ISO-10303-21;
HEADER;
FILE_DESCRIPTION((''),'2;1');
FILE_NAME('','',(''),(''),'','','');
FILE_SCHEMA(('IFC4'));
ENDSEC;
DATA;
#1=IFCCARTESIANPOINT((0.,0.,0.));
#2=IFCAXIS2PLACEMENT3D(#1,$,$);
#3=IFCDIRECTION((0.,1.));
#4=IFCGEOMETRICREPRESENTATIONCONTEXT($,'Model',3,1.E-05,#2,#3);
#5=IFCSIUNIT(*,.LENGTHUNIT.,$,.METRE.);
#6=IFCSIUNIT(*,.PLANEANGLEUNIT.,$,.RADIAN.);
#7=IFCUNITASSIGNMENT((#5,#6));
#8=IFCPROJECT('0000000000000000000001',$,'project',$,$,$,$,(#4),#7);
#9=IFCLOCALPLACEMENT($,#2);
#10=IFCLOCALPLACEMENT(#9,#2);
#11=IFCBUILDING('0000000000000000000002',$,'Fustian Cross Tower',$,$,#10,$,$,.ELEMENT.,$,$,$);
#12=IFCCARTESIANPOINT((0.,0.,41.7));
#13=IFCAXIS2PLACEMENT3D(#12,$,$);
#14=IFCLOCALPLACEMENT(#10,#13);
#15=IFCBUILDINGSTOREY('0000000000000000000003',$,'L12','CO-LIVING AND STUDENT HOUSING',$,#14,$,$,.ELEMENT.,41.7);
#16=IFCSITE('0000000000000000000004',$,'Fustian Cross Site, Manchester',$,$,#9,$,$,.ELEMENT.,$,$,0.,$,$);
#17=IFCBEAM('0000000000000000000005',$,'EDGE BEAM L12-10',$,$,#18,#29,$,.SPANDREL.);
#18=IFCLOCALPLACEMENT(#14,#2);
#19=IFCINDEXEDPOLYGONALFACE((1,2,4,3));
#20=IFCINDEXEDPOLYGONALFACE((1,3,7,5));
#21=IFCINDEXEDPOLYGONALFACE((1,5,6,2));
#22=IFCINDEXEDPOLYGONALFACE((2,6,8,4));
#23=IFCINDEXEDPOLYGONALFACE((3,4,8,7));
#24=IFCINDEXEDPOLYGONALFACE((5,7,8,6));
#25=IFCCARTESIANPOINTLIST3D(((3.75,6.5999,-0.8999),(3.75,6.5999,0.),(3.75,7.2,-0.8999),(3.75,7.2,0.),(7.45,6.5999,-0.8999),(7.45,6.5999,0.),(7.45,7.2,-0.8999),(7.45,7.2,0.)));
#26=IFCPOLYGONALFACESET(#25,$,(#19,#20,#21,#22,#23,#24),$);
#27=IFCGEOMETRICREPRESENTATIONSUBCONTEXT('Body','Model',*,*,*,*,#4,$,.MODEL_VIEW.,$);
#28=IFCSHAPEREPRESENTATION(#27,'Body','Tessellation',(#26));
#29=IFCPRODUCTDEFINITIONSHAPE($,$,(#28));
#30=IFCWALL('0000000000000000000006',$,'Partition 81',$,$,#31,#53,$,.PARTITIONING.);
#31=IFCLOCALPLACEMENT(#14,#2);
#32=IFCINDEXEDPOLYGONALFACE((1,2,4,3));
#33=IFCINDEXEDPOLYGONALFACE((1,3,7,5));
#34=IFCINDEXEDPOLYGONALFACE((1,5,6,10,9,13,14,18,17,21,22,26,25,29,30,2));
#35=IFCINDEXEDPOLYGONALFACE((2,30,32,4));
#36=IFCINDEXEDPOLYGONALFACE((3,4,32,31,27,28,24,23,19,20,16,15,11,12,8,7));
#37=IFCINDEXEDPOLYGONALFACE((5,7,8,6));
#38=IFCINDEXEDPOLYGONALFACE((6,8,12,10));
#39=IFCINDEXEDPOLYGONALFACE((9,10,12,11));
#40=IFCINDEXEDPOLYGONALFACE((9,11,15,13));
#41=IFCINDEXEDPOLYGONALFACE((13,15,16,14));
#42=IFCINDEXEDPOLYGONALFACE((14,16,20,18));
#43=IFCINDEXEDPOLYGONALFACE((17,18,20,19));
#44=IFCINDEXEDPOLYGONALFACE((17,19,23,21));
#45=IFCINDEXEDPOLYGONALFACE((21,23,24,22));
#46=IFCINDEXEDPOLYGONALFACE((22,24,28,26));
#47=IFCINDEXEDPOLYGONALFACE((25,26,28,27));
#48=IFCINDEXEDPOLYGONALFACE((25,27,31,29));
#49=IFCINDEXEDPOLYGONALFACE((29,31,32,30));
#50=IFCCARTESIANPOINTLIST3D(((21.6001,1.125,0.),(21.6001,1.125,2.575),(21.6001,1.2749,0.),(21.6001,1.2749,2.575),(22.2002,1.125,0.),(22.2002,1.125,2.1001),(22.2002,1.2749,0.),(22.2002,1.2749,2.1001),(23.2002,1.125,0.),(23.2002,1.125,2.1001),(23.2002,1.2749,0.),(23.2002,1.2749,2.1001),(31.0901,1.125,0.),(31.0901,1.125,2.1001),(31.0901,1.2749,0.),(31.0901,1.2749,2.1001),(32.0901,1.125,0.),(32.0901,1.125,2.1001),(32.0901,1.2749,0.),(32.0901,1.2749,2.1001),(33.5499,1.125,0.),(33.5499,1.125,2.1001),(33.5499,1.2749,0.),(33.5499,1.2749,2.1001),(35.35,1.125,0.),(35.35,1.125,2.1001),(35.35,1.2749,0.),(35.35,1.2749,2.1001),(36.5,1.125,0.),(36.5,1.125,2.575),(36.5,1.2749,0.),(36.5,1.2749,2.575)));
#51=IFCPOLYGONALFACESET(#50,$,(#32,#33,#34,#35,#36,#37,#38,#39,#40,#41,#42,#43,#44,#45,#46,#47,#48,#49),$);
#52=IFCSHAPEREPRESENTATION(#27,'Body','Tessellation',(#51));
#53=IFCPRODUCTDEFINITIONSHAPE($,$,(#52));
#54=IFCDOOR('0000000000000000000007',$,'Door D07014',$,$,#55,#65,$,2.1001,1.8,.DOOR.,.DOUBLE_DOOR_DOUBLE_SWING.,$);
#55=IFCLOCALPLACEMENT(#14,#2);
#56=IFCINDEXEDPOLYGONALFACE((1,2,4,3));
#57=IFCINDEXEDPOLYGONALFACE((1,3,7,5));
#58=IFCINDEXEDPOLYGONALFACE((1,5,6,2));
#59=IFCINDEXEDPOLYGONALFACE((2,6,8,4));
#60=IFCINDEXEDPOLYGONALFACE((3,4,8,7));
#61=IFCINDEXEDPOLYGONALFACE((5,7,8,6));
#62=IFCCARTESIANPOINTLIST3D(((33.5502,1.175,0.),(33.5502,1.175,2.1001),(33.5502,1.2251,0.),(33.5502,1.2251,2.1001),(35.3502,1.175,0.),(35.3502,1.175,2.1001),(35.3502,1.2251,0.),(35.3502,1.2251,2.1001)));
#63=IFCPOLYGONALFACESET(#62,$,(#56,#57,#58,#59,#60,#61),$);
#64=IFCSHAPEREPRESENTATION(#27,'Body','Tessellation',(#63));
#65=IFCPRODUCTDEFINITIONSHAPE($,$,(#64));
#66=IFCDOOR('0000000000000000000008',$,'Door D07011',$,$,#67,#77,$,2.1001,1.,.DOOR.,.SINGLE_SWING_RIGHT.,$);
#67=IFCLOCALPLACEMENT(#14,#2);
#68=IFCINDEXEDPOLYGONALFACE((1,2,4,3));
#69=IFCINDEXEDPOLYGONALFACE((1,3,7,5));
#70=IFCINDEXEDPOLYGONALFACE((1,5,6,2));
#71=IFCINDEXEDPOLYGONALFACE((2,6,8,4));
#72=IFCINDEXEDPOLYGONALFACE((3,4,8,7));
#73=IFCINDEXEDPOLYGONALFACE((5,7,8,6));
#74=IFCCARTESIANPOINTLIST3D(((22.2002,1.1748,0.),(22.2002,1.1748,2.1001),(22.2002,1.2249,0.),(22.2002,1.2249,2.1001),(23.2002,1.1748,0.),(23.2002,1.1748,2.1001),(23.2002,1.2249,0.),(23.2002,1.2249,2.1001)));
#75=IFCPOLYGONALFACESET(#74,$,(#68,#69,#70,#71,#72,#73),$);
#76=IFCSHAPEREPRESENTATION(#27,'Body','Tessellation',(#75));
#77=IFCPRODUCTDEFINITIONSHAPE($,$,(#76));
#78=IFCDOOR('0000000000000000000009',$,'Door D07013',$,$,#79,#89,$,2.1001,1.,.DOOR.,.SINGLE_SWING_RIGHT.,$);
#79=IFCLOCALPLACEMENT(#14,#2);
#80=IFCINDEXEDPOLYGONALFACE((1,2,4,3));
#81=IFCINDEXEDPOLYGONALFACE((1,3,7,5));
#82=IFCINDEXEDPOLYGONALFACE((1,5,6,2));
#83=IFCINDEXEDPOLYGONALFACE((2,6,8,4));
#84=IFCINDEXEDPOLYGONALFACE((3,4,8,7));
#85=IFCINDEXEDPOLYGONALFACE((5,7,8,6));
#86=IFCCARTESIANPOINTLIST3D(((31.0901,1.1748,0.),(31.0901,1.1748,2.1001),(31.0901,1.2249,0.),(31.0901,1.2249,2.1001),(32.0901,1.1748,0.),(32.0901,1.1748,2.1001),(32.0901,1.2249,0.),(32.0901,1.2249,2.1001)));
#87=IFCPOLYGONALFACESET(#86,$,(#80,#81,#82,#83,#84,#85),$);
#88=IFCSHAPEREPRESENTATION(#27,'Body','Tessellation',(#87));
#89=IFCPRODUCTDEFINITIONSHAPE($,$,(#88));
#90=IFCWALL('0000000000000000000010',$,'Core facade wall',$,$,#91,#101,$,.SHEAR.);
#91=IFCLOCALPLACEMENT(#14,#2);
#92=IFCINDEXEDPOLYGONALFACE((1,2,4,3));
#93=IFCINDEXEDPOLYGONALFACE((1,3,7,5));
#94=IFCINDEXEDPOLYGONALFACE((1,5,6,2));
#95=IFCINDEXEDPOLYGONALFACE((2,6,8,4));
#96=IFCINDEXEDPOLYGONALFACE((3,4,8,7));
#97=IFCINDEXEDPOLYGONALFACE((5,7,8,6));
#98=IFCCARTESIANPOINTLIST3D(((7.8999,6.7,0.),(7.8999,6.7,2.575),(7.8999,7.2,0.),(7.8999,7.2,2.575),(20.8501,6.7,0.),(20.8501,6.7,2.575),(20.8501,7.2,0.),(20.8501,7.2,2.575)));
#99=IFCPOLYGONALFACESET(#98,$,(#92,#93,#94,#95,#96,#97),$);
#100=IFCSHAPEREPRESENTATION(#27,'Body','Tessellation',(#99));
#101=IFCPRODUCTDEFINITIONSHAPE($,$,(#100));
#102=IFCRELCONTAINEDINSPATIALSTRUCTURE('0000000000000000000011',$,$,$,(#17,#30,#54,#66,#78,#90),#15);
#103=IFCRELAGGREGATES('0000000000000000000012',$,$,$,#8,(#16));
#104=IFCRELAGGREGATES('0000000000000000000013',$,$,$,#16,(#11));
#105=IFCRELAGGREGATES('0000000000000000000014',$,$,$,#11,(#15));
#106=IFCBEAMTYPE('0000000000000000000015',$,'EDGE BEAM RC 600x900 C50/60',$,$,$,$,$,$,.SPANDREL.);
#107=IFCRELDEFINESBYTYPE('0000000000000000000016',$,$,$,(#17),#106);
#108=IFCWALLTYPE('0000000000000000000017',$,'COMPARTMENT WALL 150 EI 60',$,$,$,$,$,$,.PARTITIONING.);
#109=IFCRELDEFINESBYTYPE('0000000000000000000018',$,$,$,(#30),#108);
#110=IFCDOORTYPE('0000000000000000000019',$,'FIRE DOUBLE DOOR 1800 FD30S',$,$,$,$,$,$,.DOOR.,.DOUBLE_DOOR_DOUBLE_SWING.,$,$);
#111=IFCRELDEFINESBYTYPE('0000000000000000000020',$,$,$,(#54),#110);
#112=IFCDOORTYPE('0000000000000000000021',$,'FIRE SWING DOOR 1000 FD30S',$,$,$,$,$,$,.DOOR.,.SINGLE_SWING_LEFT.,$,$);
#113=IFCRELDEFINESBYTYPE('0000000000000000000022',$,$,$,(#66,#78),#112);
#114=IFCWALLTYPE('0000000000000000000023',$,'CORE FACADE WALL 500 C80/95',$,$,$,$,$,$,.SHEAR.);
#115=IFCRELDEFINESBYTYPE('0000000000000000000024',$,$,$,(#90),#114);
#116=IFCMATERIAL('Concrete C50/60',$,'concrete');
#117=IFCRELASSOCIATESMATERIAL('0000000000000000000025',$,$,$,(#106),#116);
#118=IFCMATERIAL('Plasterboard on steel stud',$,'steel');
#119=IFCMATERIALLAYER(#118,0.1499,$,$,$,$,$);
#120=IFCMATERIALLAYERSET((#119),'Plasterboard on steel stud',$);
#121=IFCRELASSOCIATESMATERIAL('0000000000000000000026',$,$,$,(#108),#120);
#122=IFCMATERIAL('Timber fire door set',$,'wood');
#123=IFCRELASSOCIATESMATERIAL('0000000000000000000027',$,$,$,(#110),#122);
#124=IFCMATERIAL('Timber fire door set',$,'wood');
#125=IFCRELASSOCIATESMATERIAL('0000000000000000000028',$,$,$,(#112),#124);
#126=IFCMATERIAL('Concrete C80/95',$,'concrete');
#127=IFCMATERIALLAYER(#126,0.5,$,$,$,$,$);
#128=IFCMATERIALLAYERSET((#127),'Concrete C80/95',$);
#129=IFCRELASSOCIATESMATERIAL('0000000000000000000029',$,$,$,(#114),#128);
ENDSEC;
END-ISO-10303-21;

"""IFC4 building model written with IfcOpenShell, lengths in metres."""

from ifc_helpers import new_model, si_unit, direction, frame, frame_2d, origin, origin_2d, place, context, subcontext, project, spatial, rectangle, extrude, material, layer, layer_set, material_profile, profile_set, type_object, element, fill, save


model = new_model("IFC4")

# Units and contexts
model_context = context("Model", 3, precision=1e-05, world=origin(), true_north=direction((0.0, 1.0)))
body_context = subcontext(model_context, "Body", "Model", "MODEL_VIEW")
ifc_project = project(units=[si_unit("LENGTHUNIT", "METRE"), si_unit("PLANEANGLEUNIT", "RADIAN")], contexts=[model_context])

# Site, building, storey
site_placement = place(None, origin())
site = spatial("IfcSite", under=ifc_project, at=site_placement, Name="Fustian Cross Site, Manchester", CompositionType="ELEMENT", RefElevation=0.0)
building_placement = place(site_placement, origin())
building = spatial("IfcBuilding", under=site, at=building_placement, Name="Fustian Cross Tower", CompositionType="ELEMENT")
storey_placement = place(building_placement, frame((0.0, 0.0, 41.7)))
storey = spatial("IfcBuildingStorey", under=building, at=storey_placement, Name="L12", Description="CO-LIVING AND STUDENT HOUSING", CompositionType="ELEMENT", Elevation=41.7)

# Beam
ifc_material_1 = material(Name="Concrete C50/60", Category="concrete")
ifc_material_profile = material_profile(ifc_material_1, rectangle(XDim=0.6001, YDim=0.8999, at=origin_2d()), Name="RC 600x900")
ifc_profile_set = profile_set([ifc_material_profile], Name="Concrete C50/60")
beam_type = type_object("IfcBeamType", Name="EDGE BEAM RC 600x900 C50/60", PredefinedType="SPANDREL", material=ifc_profile_set)
beam_placement = place(storey_placement, frame((7.45, 6.8999, -0.45), z_axis=(-1.0, 0.0, 0.0), x_axis=(0.0, -1.0, 0.0)))
element("IfcBeam", 1, at=beam_placement, inside=storey, type_object=beam_type, Name="EDGE BEAM L12-10", PredefinedType="SPANDREL", context=body_context, shape_type="SweptSolid", body=[
    extrude(rectangle(XDim=0.6001, YDim=0.8999, at=origin_2d()), origin(), (0.0, 0.0, 1.0), 3.7),
])

# Wall, openings, doors
ifc_material_2 = material(Name="Plasterboard on steel stud", Category="steel")
ifc_layer_1 = layer(ifc_material_2, 0.1499)
ifc_layer_set_1 = layer_set([ifc_layer_1], Name="Plasterboard on steel stud")
wall_type_1 = type_object("IfcWallType", Name="COMPARTMENT WALL 150 EI 60", PredefinedType="PARTITIONING", material=ifc_layer_set_1)
wall_1_placement = place(storey_placement, frame((21.6001, 1.2, 0.0), z_axis=(0.0, 0.0, 1.0), x_axis=(1.0, 0.0, 0.0)))
wall_1 = element("IfcWall", 2, at=wall_1_placement, inside=storey, type_object=wall_type_1, Name="Partition 81", PredefinedType="PARTITIONING", context=body_context, shape_type="SweptSolid", body=[
    extrude(rectangle(XDim=14.8999, YDim=0.1499, at=frame_2d((7.45, 0.0))), origin(), (0.0, 0.0, 1.0), 2.575),
])
opening_1_placement = place(wall_1_placement, frame((0.6001, 0.0, 0.0)))
opening_1 = element("IfcOpeningElement", 3, at=opening_1_placement, cuts=wall_1, PredefinedType="OPENING", context=body_context, shape_type="SweptSolid", body=[
    extrude(rectangle(XDim=1.0, YDim=2.1001, at=frame_2d((0.5, 1.05))), frame((0.0, 0.085, 0.0), z_axis=(0.0, -1.0, 0.0), x_axis=(1.0, 0.0, 0.0)), (0.0, 0.0, 1.0), 0.1699),
])
opening_2_placement = place(wall_1_placement, frame((9.49, 0.0, 0.0)))
opening_2 = element("IfcOpeningElement", 4, at=opening_2_placement, cuts=wall_1, PredefinedType="OPENING", context=body_context, shape_type="SweptSolid", body=[
    extrude(rectangle(XDim=1.0, YDim=2.1001, at=frame_2d((0.5, 1.05))), frame((0.0, 0.085, 0.0), z_axis=(0.0, -1.0, 0.0), x_axis=(1.0, 0.0, 0.0)), (0.0, 0.0, 1.0), 0.1699),
])
opening_3_placement = place(wall_1_placement, frame((11.95, 0.0, 0.0)))
opening_3 = element("IfcOpeningElement", 5, at=opening_3_placement, cuts=wall_1, PredefinedType="OPENING", context=body_context, shape_type="SweptSolid", body=[
    extrude(rectangle(XDim=1.8, YDim=2.1001, at=frame_2d((0.8999, 1.05))), frame((0.0, 0.085, 0.0), z_axis=(0.0, -1.0, 0.0), x_axis=(1.0, 0.0, 0.0)), (0.0, 0.0, 1.0), 0.1699),
])
ifc_material_3 = material(Name="Timber fire door set", Category="wood")
door_type_1 = type_object("IfcDoorType", Name="FIRE DOUBLE DOOR 1800 FD30S", OperationType="DOUBLE_DOOR_DOUBLE_SWING", PredefinedType="DOOR", material=ifc_material_3)
door_1_placement = place(opening_3_placement, frame((1.8, 0.0, 0.0), z_axis=(0.0, 0.0, 1.0), x_axis=(-1.0, 0.0, 0.0)))
door_1 = element("IfcDoor", 6, at=door_1_placement, inside=storey, type_object=door_type_1, Name="Door D07014", OperationType="DOUBLE_DOOR_DOUBLE_SWING", OverallHeight=2.1001, OverallWidth=1.8, PredefinedType="DOOR", context=body_context, shape_type="SweptSolid", body=[
    extrude(rectangle(XDim=1.8, YDim=2.1001, at=frame_2d((0.8999, 1.05))), frame((0.0, 0.0249, 0.0), z_axis=(0.0, -1.0, 0.0), x_axis=(1.0, 0.0, 0.0)), (0.0, 0.0, 1.0), 0.05),
])
fill(opening_3, door_1)
ifc_material_4 = material(Name="Timber fire door set", Category="wood")
door_type_2 = type_object("IfcDoorType", Name="FIRE SWING DOOR 1000 FD30S", OperationType="SINGLE_SWING_LEFT", PredefinedType="DOOR", material=ifc_material_4)
door_2_placement = place(opening_1_placement, origin())
door_2 = element("IfcDoor", 7, at=door_2_placement, inside=storey, type_object=door_type_2, Name="Door D07011", OperationType="SINGLE_SWING_RIGHT", OverallHeight=2.1001, OverallWidth=1.0, PredefinedType="DOOR", context=body_context, shape_type="SweptSolid", body=[
    extrude(rectangle(XDim=1.0, YDim=2.1001, at=frame_2d((0.5, 1.05))), frame((0.0, 0.0249, 0.0), z_axis=(0.0, -1.0, 0.0), x_axis=(1.0, 0.0, 0.0)), (0.0, 0.0, 1.0), 0.05),
])
fill(opening_1, door_2)
door_3_placement = place(opening_2_placement, origin())
door_3 = element("IfcDoor", 8, at=door_3_placement, inside=storey, type_object=door_type_2, Name="Door D07013", OperationType="SINGLE_SWING_RIGHT", OverallHeight=2.1001, OverallWidth=1.0, PredefinedType="DOOR", context=body_context, shape_type="SweptSolid", body=[
    extrude(rectangle(XDim=1.0, YDim=2.1001, at=frame_2d((0.5, 1.05))), frame((0.0, 0.0249, 0.0), z_axis=(0.0, -1.0, 0.0), x_axis=(1.0, 0.0, 0.0)), (0.0, 0.0, 1.0), 0.05),
])
fill(opening_2, door_3)

# Wall
ifc_material_5 = material(Name="Concrete C80/95", Category="concrete")
ifc_layer_2 = layer(ifc_material_5, 0.5)
ifc_layer_set_2 = layer_set([ifc_layer_2], Name="Concrete C80/95")
wall_type_2 = type_object("IfcWallType", Name="CORE FACADE WALL 500 C80/95", PredefinedType="SHEAR", material=ifc_layer_set_2)
wall_2_placement = place(storey_placement, frame((7.8999, 6.95, 0.0), z_axis=(0.0, 0.0, 1.0), x_axis=(1.0, 0.0, 0.0)))
element("IfcWall", 9, at=wall_2_placement, inside=storey, type_object=wall_type_2, Name="Core facade wall", PredefinedType="SHEAR", context=body_context, shape_type="SweptSolid", body=[
    extrude(rectangle(XDim=12.9502, YDim=0.5, at=frame_2d((6.4751, 0.0))), origin(), (0.0, 0.0, 1.0), 2.575),
])

save(model, "model.ifc")
